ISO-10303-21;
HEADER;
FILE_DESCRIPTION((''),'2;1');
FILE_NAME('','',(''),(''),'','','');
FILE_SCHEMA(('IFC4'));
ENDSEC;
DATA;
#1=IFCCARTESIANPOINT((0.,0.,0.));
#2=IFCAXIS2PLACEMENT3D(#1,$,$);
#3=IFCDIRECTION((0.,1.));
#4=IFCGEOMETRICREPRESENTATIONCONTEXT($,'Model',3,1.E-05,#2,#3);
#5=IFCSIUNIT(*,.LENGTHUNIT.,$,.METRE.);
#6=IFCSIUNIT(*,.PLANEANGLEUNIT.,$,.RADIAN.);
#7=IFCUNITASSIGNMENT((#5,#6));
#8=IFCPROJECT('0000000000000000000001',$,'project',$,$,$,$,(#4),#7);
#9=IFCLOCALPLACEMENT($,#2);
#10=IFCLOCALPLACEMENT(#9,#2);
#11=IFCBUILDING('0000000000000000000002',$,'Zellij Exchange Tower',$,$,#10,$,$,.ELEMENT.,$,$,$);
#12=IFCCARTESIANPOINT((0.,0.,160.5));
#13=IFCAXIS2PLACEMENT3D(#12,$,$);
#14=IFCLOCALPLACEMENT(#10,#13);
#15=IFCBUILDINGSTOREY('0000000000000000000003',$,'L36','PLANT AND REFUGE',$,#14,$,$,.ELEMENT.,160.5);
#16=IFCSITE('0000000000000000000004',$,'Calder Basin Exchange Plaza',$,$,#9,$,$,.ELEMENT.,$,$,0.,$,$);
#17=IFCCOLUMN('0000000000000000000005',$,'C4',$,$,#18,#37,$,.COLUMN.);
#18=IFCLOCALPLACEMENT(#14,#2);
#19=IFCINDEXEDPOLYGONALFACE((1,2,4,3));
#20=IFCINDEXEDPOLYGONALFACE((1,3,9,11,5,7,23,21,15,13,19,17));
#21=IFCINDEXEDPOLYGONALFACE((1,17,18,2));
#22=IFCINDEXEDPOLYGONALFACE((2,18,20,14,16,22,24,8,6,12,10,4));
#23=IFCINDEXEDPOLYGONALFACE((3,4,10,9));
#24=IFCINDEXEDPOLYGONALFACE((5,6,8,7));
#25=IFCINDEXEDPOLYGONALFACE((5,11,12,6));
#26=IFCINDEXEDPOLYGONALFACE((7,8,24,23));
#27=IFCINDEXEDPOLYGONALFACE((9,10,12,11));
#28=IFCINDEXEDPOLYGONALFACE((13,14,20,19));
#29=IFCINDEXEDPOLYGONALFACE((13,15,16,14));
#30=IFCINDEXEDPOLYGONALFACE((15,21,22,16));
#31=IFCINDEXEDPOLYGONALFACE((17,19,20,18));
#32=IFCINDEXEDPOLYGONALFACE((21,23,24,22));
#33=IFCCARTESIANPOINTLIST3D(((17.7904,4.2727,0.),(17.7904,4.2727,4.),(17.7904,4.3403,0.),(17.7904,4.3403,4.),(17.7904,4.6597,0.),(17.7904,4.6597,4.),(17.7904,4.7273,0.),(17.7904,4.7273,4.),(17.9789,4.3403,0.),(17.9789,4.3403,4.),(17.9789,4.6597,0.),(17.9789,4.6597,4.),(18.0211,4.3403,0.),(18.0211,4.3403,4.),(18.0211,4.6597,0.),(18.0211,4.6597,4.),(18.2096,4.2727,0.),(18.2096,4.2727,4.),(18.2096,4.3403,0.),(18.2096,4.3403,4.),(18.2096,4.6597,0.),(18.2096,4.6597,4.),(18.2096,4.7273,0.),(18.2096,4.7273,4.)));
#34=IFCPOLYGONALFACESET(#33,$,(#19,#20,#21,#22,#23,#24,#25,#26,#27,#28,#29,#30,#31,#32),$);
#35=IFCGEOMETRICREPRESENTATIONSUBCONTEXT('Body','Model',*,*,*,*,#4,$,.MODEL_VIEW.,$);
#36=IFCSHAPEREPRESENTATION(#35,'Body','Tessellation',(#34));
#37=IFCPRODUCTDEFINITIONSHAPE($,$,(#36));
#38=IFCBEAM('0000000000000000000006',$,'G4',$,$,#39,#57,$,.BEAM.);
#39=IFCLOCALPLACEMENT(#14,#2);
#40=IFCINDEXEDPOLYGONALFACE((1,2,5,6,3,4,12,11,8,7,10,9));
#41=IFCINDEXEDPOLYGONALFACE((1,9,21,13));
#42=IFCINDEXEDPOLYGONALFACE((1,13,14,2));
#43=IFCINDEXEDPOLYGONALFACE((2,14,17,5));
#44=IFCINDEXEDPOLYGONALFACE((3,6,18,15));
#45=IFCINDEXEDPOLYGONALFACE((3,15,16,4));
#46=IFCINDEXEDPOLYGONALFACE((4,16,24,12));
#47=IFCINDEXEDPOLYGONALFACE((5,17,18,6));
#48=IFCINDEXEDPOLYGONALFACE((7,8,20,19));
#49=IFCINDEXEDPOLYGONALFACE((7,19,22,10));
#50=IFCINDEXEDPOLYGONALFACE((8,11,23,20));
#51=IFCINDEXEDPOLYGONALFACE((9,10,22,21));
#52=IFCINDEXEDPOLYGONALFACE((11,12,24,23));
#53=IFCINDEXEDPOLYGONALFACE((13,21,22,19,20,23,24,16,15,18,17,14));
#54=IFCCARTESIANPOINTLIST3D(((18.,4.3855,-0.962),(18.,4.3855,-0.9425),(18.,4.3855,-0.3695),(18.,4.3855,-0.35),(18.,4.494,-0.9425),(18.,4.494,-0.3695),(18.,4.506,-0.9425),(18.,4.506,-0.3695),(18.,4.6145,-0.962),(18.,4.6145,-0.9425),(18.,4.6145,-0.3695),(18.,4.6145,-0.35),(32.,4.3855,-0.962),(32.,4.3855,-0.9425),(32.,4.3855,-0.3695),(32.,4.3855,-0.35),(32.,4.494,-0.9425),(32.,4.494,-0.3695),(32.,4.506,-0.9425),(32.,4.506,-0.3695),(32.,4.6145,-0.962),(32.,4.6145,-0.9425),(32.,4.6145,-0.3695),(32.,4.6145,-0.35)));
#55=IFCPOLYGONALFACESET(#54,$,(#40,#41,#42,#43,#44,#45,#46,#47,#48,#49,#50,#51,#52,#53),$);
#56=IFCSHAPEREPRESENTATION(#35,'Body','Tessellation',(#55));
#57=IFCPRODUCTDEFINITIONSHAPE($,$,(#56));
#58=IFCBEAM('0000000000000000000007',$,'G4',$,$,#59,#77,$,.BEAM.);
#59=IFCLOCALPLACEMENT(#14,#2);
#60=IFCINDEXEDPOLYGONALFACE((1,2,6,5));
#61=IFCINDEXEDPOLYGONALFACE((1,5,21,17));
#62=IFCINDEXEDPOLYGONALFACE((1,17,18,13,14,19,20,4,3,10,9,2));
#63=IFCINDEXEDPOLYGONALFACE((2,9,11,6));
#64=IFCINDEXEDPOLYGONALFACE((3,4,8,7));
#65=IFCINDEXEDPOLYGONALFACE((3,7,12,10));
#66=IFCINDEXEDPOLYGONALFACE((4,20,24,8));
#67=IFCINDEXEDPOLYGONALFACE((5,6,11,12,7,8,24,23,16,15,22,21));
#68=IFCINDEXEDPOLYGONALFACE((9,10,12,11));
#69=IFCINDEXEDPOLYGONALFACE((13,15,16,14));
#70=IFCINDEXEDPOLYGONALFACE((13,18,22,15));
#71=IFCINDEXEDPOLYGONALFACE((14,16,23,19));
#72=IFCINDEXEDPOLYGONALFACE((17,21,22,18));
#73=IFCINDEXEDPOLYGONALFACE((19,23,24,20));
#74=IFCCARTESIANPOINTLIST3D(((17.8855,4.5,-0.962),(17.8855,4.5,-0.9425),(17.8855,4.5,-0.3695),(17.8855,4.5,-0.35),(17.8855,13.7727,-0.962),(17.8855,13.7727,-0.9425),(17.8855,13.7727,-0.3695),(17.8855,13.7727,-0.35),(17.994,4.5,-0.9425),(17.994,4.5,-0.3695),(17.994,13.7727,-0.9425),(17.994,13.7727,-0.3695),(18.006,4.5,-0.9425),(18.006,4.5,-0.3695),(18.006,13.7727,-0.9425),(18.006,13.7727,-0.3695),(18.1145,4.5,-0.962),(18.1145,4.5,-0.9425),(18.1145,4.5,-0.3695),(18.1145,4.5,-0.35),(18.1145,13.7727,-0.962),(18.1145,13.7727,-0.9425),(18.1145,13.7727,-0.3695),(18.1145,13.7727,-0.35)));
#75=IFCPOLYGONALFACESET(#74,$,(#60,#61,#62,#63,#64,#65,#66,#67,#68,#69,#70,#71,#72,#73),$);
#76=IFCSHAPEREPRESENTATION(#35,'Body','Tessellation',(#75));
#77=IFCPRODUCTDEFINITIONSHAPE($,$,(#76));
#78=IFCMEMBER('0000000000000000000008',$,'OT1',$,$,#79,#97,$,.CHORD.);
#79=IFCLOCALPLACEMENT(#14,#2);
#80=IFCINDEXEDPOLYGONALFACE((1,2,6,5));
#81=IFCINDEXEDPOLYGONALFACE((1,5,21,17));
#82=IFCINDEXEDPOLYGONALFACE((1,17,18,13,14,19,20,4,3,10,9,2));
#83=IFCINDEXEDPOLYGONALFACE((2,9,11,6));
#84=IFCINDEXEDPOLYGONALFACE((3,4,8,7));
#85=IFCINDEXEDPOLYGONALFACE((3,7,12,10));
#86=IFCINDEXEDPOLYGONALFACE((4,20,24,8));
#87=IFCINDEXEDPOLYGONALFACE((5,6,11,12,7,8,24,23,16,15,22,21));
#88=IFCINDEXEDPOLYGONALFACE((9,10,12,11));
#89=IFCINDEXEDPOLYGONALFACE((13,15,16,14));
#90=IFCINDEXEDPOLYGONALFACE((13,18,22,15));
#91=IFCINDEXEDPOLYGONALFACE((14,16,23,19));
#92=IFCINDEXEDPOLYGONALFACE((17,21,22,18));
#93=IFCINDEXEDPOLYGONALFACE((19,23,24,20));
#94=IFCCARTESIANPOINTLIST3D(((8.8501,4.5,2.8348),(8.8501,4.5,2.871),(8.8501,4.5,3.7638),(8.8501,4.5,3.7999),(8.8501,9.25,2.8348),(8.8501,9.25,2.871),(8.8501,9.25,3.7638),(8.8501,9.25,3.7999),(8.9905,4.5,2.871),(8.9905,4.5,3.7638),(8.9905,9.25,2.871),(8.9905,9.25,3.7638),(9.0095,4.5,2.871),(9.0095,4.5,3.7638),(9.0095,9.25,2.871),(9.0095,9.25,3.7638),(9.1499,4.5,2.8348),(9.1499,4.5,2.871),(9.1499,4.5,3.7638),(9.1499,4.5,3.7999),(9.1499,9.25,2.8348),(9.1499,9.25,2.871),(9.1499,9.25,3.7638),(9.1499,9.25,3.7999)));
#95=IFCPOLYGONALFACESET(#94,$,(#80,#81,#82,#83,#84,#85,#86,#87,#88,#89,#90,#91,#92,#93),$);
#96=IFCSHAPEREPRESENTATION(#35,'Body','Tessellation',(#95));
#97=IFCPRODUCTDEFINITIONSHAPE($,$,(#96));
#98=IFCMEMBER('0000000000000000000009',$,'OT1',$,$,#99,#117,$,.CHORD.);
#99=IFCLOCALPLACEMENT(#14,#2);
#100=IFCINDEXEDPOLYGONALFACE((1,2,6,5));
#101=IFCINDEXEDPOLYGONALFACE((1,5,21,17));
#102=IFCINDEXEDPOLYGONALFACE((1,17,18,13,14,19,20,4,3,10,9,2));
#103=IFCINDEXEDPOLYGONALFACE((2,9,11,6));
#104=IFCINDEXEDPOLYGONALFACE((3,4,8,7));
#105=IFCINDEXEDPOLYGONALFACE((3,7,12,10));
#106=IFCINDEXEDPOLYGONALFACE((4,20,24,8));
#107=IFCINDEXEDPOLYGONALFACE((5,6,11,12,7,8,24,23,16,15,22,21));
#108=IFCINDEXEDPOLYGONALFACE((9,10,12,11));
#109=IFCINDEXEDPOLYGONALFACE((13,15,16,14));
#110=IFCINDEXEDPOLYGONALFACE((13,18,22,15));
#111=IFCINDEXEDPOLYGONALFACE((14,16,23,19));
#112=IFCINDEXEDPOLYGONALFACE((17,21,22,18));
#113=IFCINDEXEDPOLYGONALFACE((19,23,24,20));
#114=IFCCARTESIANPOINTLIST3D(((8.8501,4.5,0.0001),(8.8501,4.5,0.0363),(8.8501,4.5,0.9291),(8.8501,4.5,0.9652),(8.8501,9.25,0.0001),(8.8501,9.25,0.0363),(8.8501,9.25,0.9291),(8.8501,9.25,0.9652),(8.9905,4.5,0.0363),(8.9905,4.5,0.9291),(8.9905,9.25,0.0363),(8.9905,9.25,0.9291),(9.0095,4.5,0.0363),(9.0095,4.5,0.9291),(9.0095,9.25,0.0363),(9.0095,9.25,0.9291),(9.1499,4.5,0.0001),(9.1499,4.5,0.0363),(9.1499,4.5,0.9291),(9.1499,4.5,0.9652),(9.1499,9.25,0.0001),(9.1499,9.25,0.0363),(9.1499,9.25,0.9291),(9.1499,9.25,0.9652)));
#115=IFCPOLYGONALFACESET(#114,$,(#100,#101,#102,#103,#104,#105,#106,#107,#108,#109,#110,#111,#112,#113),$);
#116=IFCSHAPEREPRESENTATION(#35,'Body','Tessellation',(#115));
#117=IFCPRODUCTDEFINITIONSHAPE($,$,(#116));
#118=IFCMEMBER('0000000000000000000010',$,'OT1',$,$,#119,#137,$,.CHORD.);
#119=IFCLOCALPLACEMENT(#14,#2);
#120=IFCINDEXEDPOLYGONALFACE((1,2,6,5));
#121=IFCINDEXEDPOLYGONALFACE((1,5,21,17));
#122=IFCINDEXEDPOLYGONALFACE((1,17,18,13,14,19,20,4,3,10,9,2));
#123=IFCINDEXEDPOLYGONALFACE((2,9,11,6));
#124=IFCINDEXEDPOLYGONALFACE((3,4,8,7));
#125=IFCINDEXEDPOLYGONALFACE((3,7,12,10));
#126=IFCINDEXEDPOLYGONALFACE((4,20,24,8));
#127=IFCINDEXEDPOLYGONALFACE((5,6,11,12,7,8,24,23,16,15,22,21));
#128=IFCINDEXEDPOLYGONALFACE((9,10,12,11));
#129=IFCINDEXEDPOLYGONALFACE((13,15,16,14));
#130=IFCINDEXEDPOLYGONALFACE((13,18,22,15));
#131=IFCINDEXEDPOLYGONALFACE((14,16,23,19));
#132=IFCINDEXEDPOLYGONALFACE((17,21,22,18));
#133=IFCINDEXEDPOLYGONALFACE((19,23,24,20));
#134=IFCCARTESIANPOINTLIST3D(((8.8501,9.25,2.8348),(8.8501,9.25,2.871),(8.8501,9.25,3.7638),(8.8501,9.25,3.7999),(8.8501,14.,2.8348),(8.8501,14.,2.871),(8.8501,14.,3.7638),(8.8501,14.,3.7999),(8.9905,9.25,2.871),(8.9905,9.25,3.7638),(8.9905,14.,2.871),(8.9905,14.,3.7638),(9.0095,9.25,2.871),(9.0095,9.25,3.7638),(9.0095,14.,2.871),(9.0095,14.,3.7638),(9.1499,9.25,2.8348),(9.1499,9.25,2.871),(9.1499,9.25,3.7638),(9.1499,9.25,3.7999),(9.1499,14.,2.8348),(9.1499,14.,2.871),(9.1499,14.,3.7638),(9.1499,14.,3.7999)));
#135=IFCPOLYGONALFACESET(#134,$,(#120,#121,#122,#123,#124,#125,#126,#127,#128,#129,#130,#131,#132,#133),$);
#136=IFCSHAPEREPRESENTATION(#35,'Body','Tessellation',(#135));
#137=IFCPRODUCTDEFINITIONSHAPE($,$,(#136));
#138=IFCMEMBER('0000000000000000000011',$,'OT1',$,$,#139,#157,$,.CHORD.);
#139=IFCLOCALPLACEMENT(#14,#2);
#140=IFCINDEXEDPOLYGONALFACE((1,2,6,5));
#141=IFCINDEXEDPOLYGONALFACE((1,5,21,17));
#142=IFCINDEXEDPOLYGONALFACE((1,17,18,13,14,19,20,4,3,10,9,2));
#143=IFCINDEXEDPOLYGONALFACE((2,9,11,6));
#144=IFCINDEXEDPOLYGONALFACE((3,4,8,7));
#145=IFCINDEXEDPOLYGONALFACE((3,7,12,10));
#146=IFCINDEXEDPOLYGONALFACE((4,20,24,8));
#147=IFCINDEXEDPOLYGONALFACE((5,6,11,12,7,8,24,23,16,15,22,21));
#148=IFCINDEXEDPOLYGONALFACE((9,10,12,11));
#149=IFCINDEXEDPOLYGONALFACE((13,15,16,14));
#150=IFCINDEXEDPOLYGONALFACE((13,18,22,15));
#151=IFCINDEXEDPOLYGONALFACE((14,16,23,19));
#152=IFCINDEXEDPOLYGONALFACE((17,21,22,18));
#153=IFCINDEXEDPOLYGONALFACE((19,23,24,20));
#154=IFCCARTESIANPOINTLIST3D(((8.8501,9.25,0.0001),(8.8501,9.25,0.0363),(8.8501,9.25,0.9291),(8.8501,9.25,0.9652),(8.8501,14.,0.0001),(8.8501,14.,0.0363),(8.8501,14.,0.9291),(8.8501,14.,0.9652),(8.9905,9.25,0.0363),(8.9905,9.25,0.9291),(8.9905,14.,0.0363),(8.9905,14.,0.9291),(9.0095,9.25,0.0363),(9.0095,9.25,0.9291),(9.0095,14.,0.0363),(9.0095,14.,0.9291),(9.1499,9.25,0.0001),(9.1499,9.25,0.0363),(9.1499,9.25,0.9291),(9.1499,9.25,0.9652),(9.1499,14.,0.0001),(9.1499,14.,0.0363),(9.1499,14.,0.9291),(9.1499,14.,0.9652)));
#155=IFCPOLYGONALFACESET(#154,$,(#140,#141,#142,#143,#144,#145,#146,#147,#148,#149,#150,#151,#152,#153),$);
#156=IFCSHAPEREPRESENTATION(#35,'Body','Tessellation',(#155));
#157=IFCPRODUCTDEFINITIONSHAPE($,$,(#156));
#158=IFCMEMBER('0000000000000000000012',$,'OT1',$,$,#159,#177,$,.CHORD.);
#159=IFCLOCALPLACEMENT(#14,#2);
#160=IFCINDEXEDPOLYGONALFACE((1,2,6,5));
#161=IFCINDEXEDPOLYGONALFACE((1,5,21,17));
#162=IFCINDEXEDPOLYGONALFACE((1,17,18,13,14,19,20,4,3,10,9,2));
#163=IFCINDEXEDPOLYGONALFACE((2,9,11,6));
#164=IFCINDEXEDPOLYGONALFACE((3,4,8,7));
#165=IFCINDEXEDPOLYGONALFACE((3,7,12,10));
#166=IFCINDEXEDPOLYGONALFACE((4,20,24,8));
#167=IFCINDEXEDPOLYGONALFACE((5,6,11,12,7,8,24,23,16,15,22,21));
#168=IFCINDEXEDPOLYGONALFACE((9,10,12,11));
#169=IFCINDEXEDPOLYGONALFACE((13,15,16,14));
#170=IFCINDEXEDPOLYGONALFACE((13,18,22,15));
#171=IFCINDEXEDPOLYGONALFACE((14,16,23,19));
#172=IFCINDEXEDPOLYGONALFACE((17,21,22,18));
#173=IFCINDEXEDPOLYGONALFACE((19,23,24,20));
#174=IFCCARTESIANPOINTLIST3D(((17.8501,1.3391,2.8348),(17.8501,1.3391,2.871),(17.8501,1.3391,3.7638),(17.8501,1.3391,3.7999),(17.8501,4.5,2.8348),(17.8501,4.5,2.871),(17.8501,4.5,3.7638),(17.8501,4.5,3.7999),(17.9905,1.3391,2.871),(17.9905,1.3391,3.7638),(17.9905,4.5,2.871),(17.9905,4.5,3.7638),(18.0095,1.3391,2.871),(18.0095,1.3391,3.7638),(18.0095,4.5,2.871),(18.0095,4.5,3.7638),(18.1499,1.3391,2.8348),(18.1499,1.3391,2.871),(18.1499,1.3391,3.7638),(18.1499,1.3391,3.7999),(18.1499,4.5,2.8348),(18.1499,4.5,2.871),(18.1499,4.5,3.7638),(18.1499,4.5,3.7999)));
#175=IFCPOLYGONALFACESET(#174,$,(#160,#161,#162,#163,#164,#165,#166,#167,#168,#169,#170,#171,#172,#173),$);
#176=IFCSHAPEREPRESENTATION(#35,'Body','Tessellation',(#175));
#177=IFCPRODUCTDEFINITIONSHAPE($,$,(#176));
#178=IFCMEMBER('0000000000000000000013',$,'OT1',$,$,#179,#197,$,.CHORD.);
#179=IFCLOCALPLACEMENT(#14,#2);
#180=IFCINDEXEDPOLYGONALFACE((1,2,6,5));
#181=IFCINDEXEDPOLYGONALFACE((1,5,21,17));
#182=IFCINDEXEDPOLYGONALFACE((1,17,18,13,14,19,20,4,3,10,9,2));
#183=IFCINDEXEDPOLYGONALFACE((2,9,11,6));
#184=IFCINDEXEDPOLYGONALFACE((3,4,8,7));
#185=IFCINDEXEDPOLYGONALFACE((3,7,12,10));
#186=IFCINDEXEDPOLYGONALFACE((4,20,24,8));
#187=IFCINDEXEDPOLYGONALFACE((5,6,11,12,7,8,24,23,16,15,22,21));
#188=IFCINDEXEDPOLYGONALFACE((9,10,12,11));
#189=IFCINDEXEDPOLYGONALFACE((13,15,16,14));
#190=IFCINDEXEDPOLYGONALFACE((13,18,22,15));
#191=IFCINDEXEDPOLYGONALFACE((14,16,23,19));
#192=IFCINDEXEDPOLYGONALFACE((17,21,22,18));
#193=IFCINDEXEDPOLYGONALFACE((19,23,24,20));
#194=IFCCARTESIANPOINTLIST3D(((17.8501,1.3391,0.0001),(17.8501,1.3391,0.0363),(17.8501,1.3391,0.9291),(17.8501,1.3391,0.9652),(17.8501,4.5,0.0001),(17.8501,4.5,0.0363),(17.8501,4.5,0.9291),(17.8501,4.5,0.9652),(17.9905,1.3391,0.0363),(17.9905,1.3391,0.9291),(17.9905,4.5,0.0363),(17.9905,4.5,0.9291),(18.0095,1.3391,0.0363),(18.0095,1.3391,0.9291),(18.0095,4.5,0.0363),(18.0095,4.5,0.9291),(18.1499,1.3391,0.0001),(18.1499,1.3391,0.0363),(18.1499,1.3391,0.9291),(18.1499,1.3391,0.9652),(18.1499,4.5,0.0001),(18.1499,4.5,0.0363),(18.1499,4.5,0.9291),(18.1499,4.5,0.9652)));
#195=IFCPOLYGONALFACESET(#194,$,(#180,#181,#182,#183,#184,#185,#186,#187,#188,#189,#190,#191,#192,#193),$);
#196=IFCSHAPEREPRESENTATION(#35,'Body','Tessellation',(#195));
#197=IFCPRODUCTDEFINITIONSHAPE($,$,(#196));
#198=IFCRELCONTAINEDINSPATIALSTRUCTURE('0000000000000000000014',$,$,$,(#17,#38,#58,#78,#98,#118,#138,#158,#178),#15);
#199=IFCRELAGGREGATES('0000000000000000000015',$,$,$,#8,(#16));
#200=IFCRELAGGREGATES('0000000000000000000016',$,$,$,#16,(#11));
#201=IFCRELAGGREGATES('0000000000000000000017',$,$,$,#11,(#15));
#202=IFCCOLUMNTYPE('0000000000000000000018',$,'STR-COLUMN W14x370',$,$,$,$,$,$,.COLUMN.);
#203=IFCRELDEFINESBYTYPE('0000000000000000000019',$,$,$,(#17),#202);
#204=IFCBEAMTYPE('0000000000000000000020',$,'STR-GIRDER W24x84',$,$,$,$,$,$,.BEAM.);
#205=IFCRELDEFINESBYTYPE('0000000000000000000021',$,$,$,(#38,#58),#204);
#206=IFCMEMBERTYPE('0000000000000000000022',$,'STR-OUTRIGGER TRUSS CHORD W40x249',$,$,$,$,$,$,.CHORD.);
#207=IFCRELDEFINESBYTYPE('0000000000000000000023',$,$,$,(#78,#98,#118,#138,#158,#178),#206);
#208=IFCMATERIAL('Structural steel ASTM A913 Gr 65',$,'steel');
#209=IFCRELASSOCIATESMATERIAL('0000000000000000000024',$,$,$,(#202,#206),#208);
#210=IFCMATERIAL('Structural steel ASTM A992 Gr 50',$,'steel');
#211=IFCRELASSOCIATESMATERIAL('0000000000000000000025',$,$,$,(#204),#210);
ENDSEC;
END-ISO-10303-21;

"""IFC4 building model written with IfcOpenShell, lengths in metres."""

from ifc_helpers import new_model, si_unit, direction, frame, origin, origin_2d, place, context, subcontext, project, spatial, i_section, extrude, material, material_profile, profile_set, type_object, element, save


model = new_model("IFC4")

# Units and contexts
model_context = context("Model", 3, precision=1e-05, world=origin(), true_north=direction((0.0, 1.0)))
body_context = subcontext(model_context, "Body", "Model", "MODEL_VIEW")
ifc_project = project(units=[si_unit("LENGTHUNIT", "METRE"), si_unit("PLANEANGLEUNIT", "RADIAN")], contexts=[model_context])

# Site, building, storey
site_placement = place(None, origin())
site = spatial("IfcSite", under=ifc_project, at=site_placement, Name="Calder Basin Exchange Plaza", CompositionType="ELEMENT", RefElevation=0.0)
building_placement = place(site_placement, origin())
building = spatial("IfcBuilding", under=site, at=building_placement, Name="Zellij Exchange Tower", CompositionType="ELEMENT")
storey_placement = place(building_placement, frame((0.0, 0.0, 160.5)))
storey = spatial("IfcBuildingStorey", under=building, at=storey_placement, Name="L36", Description="PLANT AND REFUGE", CompositionType="ELEMENT", Elevation=160.5)

# Column
ifc_material_1 = material(Name="Structural steel ASTM A913 Gr 65", Category="steel")
ifc_material_profile_1 = material_profile(ifc_material_1, i_section(OverallWidth=0.4192, OverallDepth=0.4546, WebThickness=0.0422, FlangeThickness=0.0676, at=origin_2d()), Name="W14x370")
ifc_profile_set_1 = profile_set([ifc_material_profile_1], Name="Structural steel ASTM A913 Gr 65")
column_type = type_object("IfcColumnType", Name="STR-COLUMN W14x370", PredefinedType="COLUMN", material=ifc_profile_set_1)
column_placement = place(storey_placement, frame((18.0, 4.5, 0.0), z_axis=(0.0, 0.0, 1.0), x_axis=(1.0, 0.0, 0.0)))
element("IfcColumn", 1, at=column_placement, inside=storey, type_object=column_type, Name="C4", PredefinedType="COLUMN", context=body_context, shape_type="SweptSolid", body=[
    extrude(i_section(OverallWidth=0.4192, OverallDepth=0.4546, WebThickness=0.0422, FlangeThickness=0.0676, at=origin_2d()), origin(), (0.0, 0.0, 1.0), 4.0),
])

# Beams
ifc_material_2 = material(Name="Structural steel ASTM A992 Gr 50", Category="steel")
ifc_material_profile_2 = material_profile(ifc_material_2, i_section(OverallWidth=0.229, OverallDepth=0.6121, WebThickness=0.012, FlangeThickness=0.0195, at=origin_2d()), Name="W24x84")
ifc_profile_set_2 = profile_set([ifc_material_profile_2], Name="Structural steel ASTM A992 Gr 50")
beam_type = type_object("IfcBeamType", Name="STR-GIRDER W24x84", PredefinedType="BEAM", material=ifc_profile_set_2)
beam_1_placement = place(storey_placement, frame((18.0, 4.5, -0.656), z_axis=(1.0, 0.0, 0.0), x_axis=(0.0, 1.0, 0.0)))
element("IfcBeam", 2, at=beam_1_placement, inside=storey, type_object=beam_type, Name="G4", PredefinedType="BEAM", context=body_context, shape_type="SweptSolid", body=[
    extrude(i_section(OverallWidth=0.229, OverallDepth=0.6121, WebThickness=0.012, FlangeThickness=0.0195, at=origin_2d()), origin(), (0.0, 0.0, 1.0), 14.0),
])
beam_2_placement = place(storey_placement, frame((18.0, 4.5, -0.656), z_axis=(0.0, 1.0, 0.0), x_axis=(-1.0, 0.0, 0.0)))
element("IfcBeam", 3, at=beam_2_placement, inside=storey, type_object=beam_type, Name="G4", PredefinedType="BEAM", context=body_context, shape_type="SweptSolid", body=[
    extrude(i_section(OverallWidth=0.229, OverallDepth=0.6121, WebThickness=0.012, FlangeThickness=0.0195, at=origin_2d()), origin(), (0.0, 0.0, 1.0), 9.2727),
])

# Members
ifc_material_profile_3 = material_profile(ifc_material_1, i_section(OverallWidth=0.2998, OverallDepth=0.9651, WebThickness=0.019, FlangeThickness=0.0361, at=origin_2d()), Name="W40x249")
ifc_profile_set_3 = profile_set([ifc_material_profile_3], Name="Structural steel ASTM A913 Gr 65")
member_type_1 = type_object("IfcMemberType", Name="STR-OUTRIGGER TRUSS CHORD W40x249", PredefinedType="CHORD", material=ifc_profile_set_3)
for number, where, z_axis, x_axis, name in (
    (4, (9.0, 4.5, 3.3174), (0.0, 1.0, 0.0), (-1.0, 0.0, 0.0), "OT1"),
    (5, (9.0, 4.5, 0.4827), (0.0, 1.0, 0.0), (-1.0, 0.0, 0.0), "OT1"),
    (6, (9.0, 9.25, 3.3174), (0.0, 1.0, 0.0), (-1.0, 0.0, 0.0), "OT1"),
    (7, (9.0, 9.25, 0.4827), (0.0, 1.0, 0.0), (-1.0, 0.0, 0.0), "OT1"),
):
    element("IfcMember", number, at=place(storey_placement, frame(where, z_axis=z_axis, x_axis=x_axis)), inside=storey, type_object=member_type_1, Name=name, PredefinedType="CHORD", context=body_context, shape_type="SweptSolid", body=[
        extrude(i_section(OverallWidth=0.2998, OverallDepth=0.9651, WebThickness=0.019, FlangeThickness=0.0361, at=origin_2d()), origin(), (0.0, 0.0, 1.0), 4.75),
    ])
for number, where, z_axis, x_axis, name in (
    (8, (18.0, 1.3391, 3.3174), (0.0, 1.0, 0.0), (-1.0, 0.0, 0.0), "OT1"),
    (9, (18.0, 1.3391, 0.4827), (0.0, 1.0, 0.0), (-1.0, 0.0, 0.0), "OT1"),
):
    element("IfcMember", number, at=place(storey_placement, frame(where, z_axis=z_axis, x_axis=x_axis)), inside=storey, type_object=member_type_1, Name=name, PredefinedType="CHORD", context=body_context, shape_type="SweptSolid", body=[
        extrude(i_section(OverallWidth=0.2998, OverallDepth=0.9651, WebThickness=0.019, FlangeThickness=0.0361, at=origin_2d()), origin(), (0.0, 0.0, 1.0), 3.1609),
    ])

save(model, "model.ifc")
